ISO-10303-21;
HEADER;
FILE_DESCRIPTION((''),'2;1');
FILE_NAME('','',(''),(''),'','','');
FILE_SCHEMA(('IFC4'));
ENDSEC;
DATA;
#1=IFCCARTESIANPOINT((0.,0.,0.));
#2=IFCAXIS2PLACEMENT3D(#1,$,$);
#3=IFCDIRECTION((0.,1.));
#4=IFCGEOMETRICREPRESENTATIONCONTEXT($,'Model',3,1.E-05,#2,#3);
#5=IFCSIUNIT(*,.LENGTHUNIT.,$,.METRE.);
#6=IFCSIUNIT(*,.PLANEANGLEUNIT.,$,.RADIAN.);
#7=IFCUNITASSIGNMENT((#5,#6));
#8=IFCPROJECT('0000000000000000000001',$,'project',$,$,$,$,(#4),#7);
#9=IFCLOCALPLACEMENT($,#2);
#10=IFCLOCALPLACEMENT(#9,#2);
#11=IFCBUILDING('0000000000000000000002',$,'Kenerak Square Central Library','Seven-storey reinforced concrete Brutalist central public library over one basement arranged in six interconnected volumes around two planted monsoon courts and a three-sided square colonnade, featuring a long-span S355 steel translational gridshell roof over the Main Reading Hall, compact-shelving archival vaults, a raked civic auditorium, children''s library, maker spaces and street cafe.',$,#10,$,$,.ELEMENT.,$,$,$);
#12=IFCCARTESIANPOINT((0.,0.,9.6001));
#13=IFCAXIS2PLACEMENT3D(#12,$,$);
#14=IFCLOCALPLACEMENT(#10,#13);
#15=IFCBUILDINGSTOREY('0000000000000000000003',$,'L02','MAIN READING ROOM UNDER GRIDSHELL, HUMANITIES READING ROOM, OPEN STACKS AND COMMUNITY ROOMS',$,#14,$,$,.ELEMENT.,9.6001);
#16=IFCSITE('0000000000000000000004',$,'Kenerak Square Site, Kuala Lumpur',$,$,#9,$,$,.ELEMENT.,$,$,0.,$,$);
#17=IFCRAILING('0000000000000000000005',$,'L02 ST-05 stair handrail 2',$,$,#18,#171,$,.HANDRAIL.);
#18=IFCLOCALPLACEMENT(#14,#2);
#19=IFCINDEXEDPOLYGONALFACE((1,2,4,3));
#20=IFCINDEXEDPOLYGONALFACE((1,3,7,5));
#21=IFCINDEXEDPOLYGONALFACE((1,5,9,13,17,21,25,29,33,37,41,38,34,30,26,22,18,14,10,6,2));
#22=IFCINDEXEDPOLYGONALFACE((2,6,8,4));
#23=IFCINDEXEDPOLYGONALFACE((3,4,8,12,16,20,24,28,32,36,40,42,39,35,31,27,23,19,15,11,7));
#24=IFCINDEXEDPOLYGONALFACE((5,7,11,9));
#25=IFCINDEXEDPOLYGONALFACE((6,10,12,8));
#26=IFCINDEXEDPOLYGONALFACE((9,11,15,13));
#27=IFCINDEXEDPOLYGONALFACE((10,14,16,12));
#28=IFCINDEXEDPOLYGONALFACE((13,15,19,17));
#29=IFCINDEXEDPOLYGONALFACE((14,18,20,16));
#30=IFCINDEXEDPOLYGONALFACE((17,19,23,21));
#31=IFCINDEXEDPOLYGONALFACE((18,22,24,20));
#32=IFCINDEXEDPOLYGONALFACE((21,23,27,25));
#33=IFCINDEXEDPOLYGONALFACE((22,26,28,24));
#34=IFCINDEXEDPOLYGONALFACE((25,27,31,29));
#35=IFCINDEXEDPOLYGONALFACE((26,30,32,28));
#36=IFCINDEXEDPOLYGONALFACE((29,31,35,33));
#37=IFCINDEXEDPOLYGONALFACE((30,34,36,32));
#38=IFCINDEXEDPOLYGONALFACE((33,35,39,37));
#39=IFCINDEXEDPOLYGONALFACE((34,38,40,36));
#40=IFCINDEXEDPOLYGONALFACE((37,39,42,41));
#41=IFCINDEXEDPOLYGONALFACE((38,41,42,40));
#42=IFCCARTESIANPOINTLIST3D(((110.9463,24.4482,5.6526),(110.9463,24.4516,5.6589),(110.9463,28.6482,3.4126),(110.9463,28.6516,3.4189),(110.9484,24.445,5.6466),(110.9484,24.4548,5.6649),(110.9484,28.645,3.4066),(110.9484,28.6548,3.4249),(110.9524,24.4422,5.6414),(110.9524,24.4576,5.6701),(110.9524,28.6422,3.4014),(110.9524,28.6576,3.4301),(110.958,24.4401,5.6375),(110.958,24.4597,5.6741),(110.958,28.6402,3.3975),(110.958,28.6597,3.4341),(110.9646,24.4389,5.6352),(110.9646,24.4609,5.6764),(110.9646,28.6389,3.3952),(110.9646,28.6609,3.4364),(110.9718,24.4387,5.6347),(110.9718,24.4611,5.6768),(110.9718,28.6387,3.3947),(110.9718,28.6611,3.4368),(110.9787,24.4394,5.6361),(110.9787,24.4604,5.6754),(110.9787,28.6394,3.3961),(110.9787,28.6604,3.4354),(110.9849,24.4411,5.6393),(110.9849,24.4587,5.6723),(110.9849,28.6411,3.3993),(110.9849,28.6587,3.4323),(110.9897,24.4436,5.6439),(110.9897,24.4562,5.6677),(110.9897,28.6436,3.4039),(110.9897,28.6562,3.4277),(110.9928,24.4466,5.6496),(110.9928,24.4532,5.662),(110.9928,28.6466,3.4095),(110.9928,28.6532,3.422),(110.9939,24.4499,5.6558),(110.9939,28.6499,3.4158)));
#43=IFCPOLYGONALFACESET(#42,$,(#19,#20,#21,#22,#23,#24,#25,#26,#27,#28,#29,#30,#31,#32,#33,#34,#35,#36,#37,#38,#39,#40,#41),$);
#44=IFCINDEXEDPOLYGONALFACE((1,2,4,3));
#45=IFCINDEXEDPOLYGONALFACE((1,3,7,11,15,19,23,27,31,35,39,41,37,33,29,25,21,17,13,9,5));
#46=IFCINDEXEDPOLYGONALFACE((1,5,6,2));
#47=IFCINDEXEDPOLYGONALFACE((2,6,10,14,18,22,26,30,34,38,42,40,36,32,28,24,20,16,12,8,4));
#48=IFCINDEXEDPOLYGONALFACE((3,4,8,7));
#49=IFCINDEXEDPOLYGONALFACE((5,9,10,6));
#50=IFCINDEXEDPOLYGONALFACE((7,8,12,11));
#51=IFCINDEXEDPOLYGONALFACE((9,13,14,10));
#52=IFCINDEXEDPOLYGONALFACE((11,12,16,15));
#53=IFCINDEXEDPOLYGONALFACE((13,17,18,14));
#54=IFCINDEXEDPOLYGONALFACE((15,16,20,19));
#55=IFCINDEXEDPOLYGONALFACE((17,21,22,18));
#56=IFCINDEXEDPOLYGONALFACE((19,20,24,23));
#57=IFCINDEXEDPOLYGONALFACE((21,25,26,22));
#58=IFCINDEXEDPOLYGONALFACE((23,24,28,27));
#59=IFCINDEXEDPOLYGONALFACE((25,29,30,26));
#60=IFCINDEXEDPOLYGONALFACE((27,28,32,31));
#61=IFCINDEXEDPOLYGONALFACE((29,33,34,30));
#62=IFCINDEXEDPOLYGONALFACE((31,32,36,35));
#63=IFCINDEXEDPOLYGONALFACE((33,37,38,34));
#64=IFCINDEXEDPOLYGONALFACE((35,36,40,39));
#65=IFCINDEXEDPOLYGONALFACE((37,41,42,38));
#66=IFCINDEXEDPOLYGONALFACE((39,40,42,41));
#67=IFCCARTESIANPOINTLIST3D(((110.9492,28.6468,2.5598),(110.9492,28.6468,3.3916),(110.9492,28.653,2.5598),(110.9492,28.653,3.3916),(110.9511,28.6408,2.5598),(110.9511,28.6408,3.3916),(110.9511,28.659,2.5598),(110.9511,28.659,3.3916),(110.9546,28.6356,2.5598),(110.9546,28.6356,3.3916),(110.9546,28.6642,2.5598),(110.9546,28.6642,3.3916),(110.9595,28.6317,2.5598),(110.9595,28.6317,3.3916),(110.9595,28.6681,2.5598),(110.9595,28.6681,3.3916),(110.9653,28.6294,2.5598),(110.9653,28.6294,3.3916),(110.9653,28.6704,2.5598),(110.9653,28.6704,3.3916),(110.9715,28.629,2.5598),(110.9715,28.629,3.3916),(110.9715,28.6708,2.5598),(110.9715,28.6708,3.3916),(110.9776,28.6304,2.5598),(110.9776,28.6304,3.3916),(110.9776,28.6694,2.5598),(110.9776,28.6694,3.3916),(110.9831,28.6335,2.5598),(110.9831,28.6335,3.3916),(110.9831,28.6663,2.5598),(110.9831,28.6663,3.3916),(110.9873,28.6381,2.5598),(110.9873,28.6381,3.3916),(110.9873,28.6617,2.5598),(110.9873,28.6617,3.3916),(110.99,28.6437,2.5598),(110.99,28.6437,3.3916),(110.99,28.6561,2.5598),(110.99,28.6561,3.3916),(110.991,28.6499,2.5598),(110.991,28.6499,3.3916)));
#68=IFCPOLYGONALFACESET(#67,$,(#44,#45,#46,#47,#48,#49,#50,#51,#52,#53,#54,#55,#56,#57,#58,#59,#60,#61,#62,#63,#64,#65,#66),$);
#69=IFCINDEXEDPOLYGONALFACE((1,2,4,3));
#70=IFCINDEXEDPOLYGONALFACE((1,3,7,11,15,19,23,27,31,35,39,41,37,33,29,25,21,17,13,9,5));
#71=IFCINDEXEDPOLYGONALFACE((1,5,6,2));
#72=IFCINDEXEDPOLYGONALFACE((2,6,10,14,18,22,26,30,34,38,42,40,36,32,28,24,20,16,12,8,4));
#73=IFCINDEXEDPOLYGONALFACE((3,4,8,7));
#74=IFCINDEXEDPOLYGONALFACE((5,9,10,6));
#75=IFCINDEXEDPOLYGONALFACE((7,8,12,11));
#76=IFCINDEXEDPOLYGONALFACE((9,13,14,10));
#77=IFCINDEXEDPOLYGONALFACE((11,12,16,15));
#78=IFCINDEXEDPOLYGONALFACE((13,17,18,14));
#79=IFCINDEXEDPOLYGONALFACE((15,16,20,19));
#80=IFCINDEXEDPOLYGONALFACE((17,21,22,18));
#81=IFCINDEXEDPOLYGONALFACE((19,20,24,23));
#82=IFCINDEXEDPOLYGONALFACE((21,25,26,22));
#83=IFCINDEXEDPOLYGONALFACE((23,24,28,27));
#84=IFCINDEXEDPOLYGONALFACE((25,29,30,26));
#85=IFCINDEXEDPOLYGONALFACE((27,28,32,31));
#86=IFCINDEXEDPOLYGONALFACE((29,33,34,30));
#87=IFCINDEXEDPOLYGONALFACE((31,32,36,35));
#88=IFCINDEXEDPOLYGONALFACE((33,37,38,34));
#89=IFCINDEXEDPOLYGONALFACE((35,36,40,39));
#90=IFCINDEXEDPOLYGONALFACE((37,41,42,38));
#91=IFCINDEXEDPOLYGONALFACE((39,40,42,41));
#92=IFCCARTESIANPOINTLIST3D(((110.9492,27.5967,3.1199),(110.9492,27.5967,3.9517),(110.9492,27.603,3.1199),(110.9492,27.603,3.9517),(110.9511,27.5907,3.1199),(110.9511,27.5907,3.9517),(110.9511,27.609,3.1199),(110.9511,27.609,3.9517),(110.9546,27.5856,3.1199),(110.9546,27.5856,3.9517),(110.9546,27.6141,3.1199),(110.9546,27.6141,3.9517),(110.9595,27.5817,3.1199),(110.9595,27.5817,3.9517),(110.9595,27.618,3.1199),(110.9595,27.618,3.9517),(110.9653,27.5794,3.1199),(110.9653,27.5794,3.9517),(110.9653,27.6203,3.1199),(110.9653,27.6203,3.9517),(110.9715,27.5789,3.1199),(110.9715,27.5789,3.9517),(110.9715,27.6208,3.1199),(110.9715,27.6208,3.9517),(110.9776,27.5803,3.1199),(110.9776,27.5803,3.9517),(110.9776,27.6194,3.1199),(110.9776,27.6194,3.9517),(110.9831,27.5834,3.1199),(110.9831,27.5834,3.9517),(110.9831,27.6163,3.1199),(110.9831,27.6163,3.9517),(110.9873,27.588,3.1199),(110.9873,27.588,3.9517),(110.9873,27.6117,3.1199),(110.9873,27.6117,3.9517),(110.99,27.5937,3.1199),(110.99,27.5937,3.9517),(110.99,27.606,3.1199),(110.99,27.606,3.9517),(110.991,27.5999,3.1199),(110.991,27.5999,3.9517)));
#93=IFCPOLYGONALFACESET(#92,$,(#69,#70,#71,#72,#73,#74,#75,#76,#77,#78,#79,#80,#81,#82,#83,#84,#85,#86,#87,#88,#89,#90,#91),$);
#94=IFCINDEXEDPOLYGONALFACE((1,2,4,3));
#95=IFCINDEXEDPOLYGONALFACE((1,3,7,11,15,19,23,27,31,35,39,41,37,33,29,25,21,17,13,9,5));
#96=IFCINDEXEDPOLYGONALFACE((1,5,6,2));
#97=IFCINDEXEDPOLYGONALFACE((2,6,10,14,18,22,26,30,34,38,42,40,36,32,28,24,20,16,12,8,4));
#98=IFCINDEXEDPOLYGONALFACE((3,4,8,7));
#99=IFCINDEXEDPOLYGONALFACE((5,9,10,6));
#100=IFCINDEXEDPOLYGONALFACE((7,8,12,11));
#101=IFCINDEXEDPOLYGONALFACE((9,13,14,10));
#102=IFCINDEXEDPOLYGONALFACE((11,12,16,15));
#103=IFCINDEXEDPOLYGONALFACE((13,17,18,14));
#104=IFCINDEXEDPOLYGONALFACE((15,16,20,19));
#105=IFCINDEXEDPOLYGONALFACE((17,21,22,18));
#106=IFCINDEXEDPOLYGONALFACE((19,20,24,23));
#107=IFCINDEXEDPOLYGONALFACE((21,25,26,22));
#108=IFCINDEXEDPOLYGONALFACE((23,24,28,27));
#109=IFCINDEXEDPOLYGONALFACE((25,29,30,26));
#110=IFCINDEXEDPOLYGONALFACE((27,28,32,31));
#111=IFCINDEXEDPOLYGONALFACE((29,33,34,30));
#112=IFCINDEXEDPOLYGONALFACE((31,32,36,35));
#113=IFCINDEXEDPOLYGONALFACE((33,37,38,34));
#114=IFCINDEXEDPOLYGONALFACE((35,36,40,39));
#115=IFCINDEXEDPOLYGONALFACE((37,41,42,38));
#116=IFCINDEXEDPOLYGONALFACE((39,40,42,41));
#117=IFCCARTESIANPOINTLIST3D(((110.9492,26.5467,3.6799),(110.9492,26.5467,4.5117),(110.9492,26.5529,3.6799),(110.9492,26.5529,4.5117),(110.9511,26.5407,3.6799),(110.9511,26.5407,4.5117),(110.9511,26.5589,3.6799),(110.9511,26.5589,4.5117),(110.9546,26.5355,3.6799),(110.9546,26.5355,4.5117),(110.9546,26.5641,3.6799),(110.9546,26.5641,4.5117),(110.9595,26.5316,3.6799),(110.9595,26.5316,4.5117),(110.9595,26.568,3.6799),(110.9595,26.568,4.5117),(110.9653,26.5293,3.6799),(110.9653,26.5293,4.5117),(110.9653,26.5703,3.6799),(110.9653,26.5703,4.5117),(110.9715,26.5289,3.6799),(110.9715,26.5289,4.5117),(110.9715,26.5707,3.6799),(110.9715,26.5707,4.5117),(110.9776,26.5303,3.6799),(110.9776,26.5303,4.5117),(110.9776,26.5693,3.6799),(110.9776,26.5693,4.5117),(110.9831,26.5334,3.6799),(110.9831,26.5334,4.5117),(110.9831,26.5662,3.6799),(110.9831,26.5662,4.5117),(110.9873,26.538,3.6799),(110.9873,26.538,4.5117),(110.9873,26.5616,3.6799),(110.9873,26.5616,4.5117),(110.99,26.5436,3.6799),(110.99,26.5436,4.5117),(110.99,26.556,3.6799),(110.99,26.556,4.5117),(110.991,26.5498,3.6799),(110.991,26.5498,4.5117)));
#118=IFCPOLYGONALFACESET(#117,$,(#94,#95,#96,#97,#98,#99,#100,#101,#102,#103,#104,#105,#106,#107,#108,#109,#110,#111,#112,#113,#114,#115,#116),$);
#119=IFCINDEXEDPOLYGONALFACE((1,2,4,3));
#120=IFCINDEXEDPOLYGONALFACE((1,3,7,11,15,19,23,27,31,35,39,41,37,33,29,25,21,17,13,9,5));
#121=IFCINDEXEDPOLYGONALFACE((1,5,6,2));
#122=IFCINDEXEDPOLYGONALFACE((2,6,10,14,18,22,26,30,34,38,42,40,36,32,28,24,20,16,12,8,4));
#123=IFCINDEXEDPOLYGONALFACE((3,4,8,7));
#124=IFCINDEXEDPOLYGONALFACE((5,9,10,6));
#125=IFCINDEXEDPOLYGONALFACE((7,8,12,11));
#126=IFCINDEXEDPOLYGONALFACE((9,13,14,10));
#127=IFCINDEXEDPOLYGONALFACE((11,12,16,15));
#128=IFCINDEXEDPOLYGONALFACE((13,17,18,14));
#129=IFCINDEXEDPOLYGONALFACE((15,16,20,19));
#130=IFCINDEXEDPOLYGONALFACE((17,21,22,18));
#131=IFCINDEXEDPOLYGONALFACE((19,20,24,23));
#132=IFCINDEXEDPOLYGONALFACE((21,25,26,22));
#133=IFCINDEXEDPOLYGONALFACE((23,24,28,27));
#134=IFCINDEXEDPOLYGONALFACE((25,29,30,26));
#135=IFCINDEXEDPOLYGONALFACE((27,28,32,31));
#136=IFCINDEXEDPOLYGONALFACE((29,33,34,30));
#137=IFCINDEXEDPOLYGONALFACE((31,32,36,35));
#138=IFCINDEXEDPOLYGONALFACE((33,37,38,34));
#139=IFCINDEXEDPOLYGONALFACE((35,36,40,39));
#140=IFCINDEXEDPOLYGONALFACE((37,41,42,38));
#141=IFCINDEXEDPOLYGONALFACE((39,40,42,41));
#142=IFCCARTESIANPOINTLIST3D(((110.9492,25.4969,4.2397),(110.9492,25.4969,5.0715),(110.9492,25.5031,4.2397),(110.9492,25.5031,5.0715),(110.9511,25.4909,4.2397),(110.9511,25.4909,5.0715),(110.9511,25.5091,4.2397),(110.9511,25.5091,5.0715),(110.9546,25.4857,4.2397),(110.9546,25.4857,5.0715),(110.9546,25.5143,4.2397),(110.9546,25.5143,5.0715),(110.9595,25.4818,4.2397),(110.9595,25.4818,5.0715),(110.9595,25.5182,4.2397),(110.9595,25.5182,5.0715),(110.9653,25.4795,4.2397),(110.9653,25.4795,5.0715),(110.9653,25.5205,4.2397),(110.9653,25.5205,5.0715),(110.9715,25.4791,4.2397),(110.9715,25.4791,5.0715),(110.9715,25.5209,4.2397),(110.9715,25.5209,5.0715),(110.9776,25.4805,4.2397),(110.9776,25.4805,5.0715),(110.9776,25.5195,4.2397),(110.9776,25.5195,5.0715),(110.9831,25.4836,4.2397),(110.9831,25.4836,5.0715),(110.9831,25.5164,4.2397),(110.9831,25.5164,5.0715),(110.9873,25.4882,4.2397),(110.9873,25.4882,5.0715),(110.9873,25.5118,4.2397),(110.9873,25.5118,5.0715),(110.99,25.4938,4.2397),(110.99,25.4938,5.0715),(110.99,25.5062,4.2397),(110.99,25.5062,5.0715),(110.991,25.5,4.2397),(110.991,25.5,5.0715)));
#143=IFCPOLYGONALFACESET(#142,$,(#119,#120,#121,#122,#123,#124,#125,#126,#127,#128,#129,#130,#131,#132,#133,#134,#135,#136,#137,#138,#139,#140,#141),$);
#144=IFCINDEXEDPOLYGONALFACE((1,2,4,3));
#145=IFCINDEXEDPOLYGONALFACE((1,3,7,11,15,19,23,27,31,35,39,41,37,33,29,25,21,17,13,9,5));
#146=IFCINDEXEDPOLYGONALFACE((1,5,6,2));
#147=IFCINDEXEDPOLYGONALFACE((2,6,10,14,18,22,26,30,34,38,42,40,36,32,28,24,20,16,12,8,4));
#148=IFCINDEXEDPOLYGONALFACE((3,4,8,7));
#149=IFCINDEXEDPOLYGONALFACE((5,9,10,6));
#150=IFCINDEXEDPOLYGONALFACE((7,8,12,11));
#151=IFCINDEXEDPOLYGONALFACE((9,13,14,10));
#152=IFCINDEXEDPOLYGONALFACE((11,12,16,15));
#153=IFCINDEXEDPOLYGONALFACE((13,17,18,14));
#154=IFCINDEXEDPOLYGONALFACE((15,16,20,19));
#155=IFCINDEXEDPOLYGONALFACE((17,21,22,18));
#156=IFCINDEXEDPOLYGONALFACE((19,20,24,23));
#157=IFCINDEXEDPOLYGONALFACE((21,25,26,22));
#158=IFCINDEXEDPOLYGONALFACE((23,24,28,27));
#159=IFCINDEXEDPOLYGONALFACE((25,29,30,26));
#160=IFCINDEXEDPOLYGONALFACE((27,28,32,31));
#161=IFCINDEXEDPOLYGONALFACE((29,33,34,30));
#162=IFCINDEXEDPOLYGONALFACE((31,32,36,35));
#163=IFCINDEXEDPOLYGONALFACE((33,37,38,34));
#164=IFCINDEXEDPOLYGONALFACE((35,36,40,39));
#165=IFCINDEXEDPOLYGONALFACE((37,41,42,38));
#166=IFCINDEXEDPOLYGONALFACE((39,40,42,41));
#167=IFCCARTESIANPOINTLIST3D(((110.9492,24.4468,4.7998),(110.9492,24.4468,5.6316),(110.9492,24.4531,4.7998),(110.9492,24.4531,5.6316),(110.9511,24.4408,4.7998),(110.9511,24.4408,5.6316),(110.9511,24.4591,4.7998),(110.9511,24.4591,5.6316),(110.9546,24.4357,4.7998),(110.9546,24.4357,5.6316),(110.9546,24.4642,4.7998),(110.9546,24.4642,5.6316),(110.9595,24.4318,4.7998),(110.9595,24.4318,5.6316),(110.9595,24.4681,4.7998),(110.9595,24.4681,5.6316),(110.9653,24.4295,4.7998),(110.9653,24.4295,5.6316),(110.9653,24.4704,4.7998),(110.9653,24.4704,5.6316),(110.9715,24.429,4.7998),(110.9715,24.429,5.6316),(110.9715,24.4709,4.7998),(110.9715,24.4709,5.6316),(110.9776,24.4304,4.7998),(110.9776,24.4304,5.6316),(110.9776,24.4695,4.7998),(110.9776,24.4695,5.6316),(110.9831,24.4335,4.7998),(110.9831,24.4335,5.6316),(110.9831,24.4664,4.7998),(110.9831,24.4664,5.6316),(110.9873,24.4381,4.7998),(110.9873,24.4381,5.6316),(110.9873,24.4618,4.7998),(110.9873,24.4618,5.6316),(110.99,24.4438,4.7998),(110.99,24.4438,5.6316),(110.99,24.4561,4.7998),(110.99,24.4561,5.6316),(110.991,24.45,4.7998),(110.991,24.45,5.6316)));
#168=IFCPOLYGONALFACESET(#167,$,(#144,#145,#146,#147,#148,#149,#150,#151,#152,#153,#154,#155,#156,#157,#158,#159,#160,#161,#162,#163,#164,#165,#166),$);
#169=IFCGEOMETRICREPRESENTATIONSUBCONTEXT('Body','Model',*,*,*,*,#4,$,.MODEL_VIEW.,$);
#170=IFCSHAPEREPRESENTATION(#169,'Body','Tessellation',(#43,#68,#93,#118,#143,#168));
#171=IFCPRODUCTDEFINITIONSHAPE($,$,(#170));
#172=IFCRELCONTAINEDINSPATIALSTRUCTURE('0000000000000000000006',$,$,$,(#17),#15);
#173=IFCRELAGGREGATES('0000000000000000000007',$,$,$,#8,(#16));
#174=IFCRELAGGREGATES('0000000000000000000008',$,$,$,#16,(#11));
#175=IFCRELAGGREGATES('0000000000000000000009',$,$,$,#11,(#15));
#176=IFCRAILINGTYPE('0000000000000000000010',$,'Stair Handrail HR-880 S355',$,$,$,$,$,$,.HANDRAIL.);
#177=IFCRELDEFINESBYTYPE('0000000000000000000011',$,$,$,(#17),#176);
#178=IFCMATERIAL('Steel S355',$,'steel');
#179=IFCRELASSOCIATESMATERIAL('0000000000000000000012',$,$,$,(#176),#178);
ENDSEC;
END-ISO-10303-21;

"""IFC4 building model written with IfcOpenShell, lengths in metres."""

from ifc_helpers import new_model, si_unit, direction, frame, origin, origin_2d, place, context, subcontext, project, spatial, circle, extrude, material, type_object, element, save


model = new_model("IFC4")

# Units and contexts
model_context = context("Model", 3, precision=1e-05, world=origin(), true_north=direction((0.0, 1.0)))
body_context = subcontext(model_context, "Body", "Model", "MODEL_VIEW")
ifc_project = project(units=[si_unit("LENGTHUNIT", "METRE"), si_unit("PLANEANGLEUNIT", "RADIAN")], contexts=[model_context])

# Site, building, storey
site_placement = place(None, origin())
site = spatial("IfcSite", under=ifc_project, at=site_placement, Name="Kenerak Square Site, Kuala Lumpur", CompositionType="ELEMENT", RefElevation=0.0)
building_placement = place(site_placement, origin())
building = spatial("IfcBuilding", under=site, at=building_placement, Name="Kenerak Square Central Library", Description="Seven-storey reinforced concrete Brutalist central public library over one basement arranged in six interconnected volumes around two planted monsoon courts and a three-sided square colonnade, featuring a long-span S355 steel translational gridshell roof over the Main Reading Hall, compact-shelving archival vaults, a raked civic auditorium, children's library, maker spaces and street cafe.", CompositionType="ELEMENT")
storey_placement = place(building_placement, frame((0.0, 0.0, 9.6001)))
storey = spatial("IfcBuildingStorey", under=building, at=storey_placement, Name="L02", Description="MAIN READING ROOM UNDER GRIDSHELL, HUMANITIES READING ROOM, OPEN STACKS AND COMMUNITY ROOMS", CompositionType="ELEMENT", Elevation=9.6001)

# Shared definitions
ifc_material_1 = material(Name="Steel S355", Category="steel")

# Railing
railing_type_1 = type_object("IfcRailingType", Name="Stair Handrail HR-880 S355", PredefinedType="HANDRAIL", material=ifc_material_1)
railing_1_placement = place(storey_placement, frame((110.97, 28.6499, 2.5598)))
element("IfcRailing", 1, at=railing_1_placement, inside=storey, type_object=railing_type_1, Name="L02 ST-05 stair handrail 2", PredefinedType="HANDRAIL", context=body_context, shape_type="SweptSolid", body=[
    extrude(circle(Radius=0.0239, at=origin_2d()), frame((0.0, 0.0, 0.856), z_axis=(0.0, -0.882352, 0.470591), x_axis=(1.0, 0.0, 0.0)), (0.0, 0.0, 1.0), 4.76),
    extrude(circle(Radius=0.021, at=origin_2d()), origin(), (0.0, 0.0, 1.0), 0.8318),
    extrude(circle(Radius=0.021, at=origin_2d()), frame((0.0, -1.05, 0.5601)), (0.0, 0.0, 1.0), 0.8318),
    extrude(circle(Radius=0.021, at=origin_2d()), frame((0.0, -2.1001, 1.1201)), (0.0, 0.0, 1.0), 0.8318),
    extrude(circle(Radius=0.021, at=origin_2d()), frame((0.0, -3.1499, 1.6799)), (0.0, 0.0, 1.0), 0.8318),
    extrude(circle(Radius=0.021, at=origin_2d()), frame((0.0, -4.2, 2.24)), (0.0, 0.0, 1.0), 0.8318),
])

save(model, "model.ifc")
